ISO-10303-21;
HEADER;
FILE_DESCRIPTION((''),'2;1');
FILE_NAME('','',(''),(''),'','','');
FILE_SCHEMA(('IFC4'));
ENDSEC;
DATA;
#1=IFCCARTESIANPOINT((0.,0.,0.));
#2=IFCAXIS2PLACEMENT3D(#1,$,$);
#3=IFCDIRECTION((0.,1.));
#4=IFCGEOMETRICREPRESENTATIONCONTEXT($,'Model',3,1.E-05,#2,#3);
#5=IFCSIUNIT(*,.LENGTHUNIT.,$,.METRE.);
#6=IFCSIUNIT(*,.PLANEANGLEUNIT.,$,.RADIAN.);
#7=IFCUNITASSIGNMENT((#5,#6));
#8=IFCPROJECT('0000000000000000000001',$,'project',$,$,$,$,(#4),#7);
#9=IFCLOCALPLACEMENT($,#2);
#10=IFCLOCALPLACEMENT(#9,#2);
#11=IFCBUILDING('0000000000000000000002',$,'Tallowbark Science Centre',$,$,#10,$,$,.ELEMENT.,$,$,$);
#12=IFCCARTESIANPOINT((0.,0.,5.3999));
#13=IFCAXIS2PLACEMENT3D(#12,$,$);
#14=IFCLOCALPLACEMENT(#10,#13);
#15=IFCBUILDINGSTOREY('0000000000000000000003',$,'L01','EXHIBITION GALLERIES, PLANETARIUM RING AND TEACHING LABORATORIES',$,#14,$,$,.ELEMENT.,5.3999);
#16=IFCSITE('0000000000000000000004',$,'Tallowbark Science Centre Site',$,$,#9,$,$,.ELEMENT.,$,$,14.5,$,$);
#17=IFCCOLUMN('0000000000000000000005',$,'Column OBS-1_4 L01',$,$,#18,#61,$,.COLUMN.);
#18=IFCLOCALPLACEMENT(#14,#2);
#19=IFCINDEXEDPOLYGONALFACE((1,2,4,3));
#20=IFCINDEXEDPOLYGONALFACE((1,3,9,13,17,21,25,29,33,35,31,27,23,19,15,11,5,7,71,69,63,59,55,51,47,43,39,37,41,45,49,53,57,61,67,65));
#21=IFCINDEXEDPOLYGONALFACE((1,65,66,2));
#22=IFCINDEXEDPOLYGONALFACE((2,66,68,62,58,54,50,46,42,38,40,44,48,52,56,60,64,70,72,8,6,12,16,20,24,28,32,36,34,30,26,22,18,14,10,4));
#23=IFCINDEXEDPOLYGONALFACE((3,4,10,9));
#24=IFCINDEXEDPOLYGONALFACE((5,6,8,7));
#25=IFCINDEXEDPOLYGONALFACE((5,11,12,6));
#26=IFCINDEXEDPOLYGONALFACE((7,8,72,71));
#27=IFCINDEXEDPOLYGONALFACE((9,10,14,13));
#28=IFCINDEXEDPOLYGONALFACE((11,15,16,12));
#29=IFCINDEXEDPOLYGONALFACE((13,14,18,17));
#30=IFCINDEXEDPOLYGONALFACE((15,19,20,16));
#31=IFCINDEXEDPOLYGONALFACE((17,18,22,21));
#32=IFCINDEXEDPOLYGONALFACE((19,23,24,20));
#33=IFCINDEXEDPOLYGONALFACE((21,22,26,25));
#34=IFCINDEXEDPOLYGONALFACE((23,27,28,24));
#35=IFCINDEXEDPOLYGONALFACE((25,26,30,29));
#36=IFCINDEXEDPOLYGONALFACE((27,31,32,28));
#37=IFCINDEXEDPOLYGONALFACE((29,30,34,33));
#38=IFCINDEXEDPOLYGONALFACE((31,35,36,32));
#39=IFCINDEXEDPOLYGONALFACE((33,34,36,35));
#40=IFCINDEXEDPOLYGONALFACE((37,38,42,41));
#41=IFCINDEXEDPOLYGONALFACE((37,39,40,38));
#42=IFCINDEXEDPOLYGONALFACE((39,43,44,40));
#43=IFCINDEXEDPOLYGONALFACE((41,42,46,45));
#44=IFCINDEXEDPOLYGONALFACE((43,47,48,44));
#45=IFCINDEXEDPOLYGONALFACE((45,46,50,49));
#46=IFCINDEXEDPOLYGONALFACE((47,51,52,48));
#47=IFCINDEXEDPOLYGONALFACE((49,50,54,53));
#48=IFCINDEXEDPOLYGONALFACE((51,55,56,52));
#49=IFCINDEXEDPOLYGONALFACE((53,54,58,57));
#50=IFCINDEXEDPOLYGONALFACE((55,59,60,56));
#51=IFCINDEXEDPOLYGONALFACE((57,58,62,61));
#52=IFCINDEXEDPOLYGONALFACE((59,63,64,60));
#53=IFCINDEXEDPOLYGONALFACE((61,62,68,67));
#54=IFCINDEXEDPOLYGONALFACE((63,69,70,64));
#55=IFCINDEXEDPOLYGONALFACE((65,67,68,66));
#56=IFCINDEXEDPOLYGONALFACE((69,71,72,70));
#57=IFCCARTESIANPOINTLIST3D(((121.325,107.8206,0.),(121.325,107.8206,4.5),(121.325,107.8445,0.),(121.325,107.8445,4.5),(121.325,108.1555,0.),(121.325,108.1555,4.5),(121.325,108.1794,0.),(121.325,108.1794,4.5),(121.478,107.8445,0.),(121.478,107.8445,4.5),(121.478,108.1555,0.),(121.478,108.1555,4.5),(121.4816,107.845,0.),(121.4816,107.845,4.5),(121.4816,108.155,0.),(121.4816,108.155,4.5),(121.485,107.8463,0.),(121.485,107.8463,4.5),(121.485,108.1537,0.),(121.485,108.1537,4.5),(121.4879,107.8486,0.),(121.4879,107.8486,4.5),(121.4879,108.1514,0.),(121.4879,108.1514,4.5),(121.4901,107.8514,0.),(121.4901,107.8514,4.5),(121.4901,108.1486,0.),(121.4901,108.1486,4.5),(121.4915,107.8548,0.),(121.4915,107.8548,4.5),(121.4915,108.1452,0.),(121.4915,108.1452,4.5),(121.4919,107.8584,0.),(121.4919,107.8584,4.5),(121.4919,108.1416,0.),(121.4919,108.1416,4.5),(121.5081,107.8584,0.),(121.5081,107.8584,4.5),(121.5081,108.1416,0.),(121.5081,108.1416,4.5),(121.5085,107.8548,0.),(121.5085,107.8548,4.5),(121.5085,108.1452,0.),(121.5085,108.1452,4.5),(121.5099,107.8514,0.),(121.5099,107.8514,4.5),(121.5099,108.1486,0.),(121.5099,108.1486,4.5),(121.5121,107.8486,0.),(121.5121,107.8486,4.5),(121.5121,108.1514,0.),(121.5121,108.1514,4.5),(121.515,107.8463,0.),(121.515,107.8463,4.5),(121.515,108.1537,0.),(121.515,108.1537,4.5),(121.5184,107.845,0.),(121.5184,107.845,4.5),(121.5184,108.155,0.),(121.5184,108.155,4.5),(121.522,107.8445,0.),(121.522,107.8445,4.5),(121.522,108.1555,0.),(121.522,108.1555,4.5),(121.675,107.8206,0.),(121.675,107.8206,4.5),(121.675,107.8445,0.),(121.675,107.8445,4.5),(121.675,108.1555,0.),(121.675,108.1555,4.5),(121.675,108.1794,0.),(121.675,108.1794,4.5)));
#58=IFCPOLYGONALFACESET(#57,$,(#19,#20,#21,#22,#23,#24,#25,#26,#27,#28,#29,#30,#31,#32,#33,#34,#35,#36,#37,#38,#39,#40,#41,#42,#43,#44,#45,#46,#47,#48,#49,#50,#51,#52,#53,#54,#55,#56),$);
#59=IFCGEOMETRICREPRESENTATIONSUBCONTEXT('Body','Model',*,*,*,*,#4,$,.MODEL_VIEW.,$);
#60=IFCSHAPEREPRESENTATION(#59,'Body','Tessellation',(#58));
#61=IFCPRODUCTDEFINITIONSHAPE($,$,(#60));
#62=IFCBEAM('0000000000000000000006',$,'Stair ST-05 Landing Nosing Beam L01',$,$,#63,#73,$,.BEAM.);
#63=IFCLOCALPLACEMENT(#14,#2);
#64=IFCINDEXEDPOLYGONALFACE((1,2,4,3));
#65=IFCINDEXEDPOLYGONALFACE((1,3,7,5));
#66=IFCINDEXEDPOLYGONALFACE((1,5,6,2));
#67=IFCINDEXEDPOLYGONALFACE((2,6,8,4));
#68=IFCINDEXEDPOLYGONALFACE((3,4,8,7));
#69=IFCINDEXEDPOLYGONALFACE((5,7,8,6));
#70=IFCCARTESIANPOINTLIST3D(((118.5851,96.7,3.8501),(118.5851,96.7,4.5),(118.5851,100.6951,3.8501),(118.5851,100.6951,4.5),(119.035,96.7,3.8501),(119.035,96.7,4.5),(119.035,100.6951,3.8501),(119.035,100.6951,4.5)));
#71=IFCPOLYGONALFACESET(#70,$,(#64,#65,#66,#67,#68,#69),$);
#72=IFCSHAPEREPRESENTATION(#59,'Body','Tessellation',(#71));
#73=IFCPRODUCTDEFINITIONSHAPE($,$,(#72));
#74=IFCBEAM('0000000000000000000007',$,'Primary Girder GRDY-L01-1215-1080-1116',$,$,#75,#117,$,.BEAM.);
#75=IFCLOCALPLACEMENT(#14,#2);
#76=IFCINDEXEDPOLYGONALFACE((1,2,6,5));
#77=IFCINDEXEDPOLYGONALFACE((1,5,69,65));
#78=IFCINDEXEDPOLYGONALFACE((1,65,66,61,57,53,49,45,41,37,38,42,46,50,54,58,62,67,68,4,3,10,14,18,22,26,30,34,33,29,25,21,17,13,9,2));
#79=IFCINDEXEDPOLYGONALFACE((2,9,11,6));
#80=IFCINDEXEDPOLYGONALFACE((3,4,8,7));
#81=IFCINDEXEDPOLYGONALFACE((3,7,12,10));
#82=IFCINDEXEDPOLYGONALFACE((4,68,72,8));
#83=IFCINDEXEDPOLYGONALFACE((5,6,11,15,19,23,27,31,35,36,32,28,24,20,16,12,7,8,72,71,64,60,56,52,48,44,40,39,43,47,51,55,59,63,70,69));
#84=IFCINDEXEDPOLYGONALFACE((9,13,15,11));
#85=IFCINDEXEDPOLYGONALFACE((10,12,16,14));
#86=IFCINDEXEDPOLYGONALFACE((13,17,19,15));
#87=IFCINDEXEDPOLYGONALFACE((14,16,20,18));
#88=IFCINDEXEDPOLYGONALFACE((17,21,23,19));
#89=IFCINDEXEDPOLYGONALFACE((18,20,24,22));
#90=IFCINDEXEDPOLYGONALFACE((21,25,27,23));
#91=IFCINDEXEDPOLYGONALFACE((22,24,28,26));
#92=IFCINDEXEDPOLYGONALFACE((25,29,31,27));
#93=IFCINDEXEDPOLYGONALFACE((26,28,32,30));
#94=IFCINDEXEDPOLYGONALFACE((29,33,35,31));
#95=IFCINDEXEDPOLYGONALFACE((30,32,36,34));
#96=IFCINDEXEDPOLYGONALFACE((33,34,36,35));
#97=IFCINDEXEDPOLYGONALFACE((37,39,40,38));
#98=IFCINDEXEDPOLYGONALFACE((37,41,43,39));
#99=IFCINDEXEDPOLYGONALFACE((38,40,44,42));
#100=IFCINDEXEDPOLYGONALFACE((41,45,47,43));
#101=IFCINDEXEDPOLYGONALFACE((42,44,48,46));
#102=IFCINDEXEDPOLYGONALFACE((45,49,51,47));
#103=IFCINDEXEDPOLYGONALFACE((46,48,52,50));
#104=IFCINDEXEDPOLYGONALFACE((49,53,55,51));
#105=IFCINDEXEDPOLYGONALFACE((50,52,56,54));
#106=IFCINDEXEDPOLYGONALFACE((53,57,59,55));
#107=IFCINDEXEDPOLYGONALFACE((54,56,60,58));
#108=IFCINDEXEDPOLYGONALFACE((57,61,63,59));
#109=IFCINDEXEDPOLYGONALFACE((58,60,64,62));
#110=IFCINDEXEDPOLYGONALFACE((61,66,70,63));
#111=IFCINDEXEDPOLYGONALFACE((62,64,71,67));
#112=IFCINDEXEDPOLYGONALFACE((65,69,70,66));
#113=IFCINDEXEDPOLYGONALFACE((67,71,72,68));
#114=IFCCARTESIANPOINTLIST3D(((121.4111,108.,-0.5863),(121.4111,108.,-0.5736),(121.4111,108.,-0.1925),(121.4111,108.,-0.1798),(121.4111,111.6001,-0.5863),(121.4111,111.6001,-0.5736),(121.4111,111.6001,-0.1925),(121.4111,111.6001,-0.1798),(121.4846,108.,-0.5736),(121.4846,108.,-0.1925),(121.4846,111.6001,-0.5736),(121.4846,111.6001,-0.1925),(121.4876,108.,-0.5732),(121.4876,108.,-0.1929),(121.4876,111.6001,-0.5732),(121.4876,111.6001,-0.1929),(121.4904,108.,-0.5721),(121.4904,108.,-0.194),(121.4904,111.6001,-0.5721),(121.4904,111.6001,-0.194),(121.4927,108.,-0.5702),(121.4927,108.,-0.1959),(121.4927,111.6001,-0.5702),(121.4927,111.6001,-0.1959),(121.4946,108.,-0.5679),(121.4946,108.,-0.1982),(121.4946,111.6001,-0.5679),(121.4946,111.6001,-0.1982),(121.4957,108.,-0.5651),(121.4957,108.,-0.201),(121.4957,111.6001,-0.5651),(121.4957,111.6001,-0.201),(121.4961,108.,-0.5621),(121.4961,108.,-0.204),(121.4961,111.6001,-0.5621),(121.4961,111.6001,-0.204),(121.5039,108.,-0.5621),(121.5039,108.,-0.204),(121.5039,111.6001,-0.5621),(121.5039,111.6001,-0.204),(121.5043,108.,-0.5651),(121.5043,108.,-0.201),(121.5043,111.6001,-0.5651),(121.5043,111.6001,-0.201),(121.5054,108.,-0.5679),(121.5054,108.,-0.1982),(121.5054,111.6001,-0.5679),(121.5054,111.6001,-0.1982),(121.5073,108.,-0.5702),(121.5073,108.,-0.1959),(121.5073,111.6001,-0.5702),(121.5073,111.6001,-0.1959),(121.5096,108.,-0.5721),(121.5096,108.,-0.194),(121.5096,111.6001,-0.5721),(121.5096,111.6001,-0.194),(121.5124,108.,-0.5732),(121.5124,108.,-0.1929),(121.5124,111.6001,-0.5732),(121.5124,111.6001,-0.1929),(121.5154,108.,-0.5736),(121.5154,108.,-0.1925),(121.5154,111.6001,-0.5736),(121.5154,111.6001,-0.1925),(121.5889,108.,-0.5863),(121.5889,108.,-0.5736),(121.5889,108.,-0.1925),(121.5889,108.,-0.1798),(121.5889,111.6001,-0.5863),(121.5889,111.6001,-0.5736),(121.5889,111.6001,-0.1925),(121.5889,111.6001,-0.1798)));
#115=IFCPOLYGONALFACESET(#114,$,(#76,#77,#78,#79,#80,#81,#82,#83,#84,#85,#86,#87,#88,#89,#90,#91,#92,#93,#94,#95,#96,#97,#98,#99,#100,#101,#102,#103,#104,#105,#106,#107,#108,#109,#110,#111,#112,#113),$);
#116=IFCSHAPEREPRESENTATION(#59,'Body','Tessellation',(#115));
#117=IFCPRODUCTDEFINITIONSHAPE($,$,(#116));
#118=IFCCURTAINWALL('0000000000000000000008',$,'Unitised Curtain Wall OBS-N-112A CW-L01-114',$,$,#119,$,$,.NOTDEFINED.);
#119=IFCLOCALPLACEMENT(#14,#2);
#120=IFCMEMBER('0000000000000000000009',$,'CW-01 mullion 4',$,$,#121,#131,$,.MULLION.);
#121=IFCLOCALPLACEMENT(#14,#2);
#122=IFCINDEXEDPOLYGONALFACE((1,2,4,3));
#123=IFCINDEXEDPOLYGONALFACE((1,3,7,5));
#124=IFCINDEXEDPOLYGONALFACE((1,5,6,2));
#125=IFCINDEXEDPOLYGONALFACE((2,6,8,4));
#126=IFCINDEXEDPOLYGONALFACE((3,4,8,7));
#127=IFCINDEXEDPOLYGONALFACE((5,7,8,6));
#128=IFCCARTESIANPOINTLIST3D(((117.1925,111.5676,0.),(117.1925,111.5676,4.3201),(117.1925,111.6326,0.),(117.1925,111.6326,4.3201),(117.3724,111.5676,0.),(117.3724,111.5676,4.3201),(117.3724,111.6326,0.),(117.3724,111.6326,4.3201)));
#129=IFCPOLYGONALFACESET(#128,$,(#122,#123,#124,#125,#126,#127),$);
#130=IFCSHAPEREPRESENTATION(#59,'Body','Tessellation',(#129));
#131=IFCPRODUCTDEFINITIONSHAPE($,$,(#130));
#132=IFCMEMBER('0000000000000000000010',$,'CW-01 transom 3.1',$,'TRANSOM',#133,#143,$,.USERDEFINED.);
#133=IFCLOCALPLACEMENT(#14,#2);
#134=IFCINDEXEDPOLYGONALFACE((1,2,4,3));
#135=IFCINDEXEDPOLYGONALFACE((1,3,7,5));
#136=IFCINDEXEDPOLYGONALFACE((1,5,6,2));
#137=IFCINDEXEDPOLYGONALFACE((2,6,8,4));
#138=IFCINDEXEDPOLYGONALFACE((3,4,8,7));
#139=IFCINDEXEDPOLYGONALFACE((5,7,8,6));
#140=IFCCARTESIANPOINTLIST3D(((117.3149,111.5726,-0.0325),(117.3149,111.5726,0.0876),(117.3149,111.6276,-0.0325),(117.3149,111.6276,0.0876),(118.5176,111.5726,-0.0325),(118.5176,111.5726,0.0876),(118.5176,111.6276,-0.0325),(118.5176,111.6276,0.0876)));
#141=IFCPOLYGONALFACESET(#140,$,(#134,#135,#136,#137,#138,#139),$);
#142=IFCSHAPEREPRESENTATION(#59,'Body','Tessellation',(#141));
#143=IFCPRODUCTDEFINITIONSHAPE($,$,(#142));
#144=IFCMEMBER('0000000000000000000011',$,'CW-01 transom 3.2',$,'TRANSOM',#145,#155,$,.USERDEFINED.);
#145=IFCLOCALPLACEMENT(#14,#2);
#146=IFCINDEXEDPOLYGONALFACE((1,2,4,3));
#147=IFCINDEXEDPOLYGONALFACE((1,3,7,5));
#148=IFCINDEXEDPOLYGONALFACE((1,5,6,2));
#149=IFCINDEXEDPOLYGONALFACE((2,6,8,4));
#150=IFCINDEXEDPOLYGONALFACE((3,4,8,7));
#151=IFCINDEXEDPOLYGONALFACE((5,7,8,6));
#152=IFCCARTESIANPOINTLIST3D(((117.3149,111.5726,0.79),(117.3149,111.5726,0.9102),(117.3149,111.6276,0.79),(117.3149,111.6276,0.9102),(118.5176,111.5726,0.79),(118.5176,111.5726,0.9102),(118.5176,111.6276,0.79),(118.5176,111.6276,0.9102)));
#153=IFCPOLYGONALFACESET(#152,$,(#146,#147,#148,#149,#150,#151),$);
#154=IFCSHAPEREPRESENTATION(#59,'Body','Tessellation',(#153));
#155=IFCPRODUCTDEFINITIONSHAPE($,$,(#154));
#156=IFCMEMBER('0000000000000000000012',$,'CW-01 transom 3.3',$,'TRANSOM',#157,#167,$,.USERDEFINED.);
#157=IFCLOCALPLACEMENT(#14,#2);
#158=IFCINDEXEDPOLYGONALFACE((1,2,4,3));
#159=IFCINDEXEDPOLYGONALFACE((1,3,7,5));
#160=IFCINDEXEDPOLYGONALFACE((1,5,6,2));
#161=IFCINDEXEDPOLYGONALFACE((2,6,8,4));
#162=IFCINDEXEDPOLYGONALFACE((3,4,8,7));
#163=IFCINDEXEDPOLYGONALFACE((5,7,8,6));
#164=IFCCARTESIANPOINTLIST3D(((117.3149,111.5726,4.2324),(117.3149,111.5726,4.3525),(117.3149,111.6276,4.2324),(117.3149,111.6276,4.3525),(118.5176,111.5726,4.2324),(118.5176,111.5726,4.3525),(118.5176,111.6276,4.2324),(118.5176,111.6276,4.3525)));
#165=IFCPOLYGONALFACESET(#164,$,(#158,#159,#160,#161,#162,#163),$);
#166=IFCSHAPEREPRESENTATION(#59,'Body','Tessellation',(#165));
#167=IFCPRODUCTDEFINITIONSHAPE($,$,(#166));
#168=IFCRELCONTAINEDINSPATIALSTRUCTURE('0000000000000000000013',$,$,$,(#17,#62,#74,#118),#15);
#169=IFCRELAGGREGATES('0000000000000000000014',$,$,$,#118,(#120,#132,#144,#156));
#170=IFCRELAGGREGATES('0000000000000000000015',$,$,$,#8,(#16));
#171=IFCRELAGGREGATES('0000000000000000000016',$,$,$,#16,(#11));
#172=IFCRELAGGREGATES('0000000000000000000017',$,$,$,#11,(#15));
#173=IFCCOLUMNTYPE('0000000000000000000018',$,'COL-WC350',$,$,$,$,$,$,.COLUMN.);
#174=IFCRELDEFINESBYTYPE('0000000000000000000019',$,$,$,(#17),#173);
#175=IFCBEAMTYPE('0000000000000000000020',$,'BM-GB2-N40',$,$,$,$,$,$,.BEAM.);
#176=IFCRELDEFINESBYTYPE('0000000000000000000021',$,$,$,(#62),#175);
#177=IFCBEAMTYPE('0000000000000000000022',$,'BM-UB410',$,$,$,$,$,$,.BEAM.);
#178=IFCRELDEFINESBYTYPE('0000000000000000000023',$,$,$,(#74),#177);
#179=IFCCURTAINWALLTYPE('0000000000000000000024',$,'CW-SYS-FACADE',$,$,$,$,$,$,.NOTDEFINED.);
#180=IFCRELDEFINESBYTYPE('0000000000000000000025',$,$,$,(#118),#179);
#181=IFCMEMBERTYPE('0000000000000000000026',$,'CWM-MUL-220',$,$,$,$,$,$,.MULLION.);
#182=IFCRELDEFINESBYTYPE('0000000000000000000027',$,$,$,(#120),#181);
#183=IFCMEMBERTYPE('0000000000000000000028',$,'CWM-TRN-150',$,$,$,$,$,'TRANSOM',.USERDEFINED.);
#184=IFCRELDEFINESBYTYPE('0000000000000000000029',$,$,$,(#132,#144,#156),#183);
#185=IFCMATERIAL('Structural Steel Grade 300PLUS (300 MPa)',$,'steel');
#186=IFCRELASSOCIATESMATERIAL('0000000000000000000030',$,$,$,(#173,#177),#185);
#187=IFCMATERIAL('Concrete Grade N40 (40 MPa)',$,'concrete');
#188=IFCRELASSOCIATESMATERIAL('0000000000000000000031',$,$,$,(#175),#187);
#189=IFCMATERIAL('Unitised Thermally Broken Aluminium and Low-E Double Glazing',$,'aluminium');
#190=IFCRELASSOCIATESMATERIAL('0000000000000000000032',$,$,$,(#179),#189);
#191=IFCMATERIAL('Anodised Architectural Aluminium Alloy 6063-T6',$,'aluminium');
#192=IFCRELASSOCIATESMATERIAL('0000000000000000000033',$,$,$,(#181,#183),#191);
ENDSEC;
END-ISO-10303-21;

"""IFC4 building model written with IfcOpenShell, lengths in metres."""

from ifc_helpers import new_model, si_unit, direction, frame, origin, origin_2d, place, context, subcontext, project, spatial, rectangle, i_section, extrude, material, material_profile, profile_set, type_object, element, aggregate, save


model = new_model("IFC4")

# Units and contexts
model_context = context("Model", 3, precision=1e-05, world=origin(), true_north=direction((0.0, 1.0)))
body_context = subcontext(model_context, "Body", "Model", "MODEL_VIEW")
ifc_project = project(units=[si_unit("LENGTHUNIT", "METRE"), si_unit("PLANEANGLEUNIT", "RADIAN")], contexts=[model_context])

# Site, building, storey
site_placement = place(None, origin())
site = spatial("IfcSite", under=ifc_project, at=site_placement, Name="Tallowbark Science Centre Site", CompositionType="ELEMENT", RefElevation=14.5)
building_placement = place(site_placement, origin())
building = spatial("IfcBuilding", under=site, at=building_placement, Name="Tallowbark Science Centre", CompositionType="ELEMENT")
storey_placement = place(building_placement, frame((0.0, 0.0, 5.3999)))
storey = spatial("IfcBuildingStorey", under=building, at=storey_placement, Name="L01", Description="EXHIBITION GALLERIES, PLANETARIUM RING AND TEACHING LABORATORIES", CompositionType="ELEMENT", Elevation=5.3999)

# Column
ifc_material_1 = material(Name="Structural Steel Grade 300PLUS (300 MPa)", Category="steel")
ifc_material_profile_1 = material_profile(ifc_material_1, i_section(OverallWidth=0.3501, OverallDepth=0.3589, WebThickness=0.0161, FlangeThickness=0.0239, FilletRadius=0.0139, at=origin_2d()), Name="350WC197")
ifc_profile_set_1 = profile_set([ifc_material_profile_1], Name="Structural Steel Grade 300PLUS (300 MPa)")
column_type = type_object("IfcColumnType", Name="COL-WC350", PredefinedType="COLUMN", material=ifc_profile_set_1)
column_placement = place(storey_placement, frame((121.5, 108.0, 0.0), z_axis=(0.0, 0.0, 1.0), x_axis=(1.0, 0.0, 0.0)))
element("IfcColumn", 1, at=column_placement, inside=storey, type_object=column_type, Name="Column OBS-1_4 L01", PredefinedType="COLUMN", context=body_context, shape_type="SweptSolid", body=[
    extrude(i_section(OverallWidth=0.3501, OverallDepth=0.3589, WebThickness=0.0161, FlangeThickness=0.0239, FilletRadius=0.0139, at=origin_2d()), origin(), (0.0, 0.0, 1.0), 4.5),
])

# Beams
ifc_material_2 = material(Name="Concrete Grade N40 (40 MPa)", Category="concrete")
ifc_material_profile_2 = material_profile(ifc_material_2, rectangle(XDim=0.45, YDim=0.6499, at=origin_2d()), Name="RC450x650")
ifc_profile_set_2 = profile_set([ifc_material_profile_2], Name="Concrete Grade N40 (40 MPa)")
beam_type_1 = type_object("IfcBeamType", Name="BM-GB2-N40", PredefinedType="BEAM", material=ifc_profile_set_2)
beam_1_placement = place(storey_placement, frame((118.8101, 96.7, 4.175), z_axis=(0.0, 1.0, 0.0), x_axis=(-1.0, 0.0, 0.0)))
element("IfcBeam", 2, at=beam_1_placement, inside=storey, type_object=beam_type_1, Name="Stair ST-05 Landing Nosing Beam L01", PredefinedType="BEAM", context=body_context, shape_type="SweptSolid", body=[
    extrude(rectangle(XDim=0.45, YDim=0.6499, at=origin_2d()), origin(), (0.0, 0.0, 1.0), 3.9951),
])
ifc_material_profile_3 = material_profile(ifc_material_1, i_section(OverallWidth=0.1777, OverallDepth=0.4065, WebThickness=0.0078, FlangeThickness=0.0127, FilletRadius=0.0115, at=origin_2d()), Name="410UB59.7")
ifc_profile_set_3 = profile_set([ifc_material_profile_3], Name="Structural Steel Grade 300PLUS (300 MPa)")
beam_type_2 = type_object("IfcBeamType", Name="BM-UB410", PredefinedType="BEAM", material=ifc_profile_set_3)
beam_2_placement = place(storey_placement, frame((121.5, 108.0, -0.3831), z_axis=(0.0, 1.0, 0.0), x_axis=(-1.0, 0.0, 0.0)))
element("IfcBeam", 3, at=beam_2_placement, inside=storey, type_object=beam_type_2, Name="Primary Girder GRDY-L01-1215-1080-1116", PredefinedType="BEAM", context=body_context, shape_type="SweptSolid", body=[
    extrude(i_section(OverallWidth=0.1777, OverallDepth=0.4065, WebThickness=0.0078, FlangeThickness=0.0127, FilletRadius=0.0115, at=origin_2d()), origin(), (0.0, 0.0, 1.0), 3.6001),
])

# Curtain wall, members
ifc_material_3 = material(Name="Unitised Thermally Broken Aluminium and Low-E Double Glazing", Category="aluminium")
curtain_wall_type = type_object("IfcCurtainWallType", Name="CW-SYS-FACADE", PredefinedType="NOTDEFINED", material=ifc_material_3)
curtain_wall_placement = place(storey_placement, origin())
curtain_wall = element("IfcCurtainWall", 4, at=curtain_wall_placement, inside=storey, type_object=curtain_wall_type, Name="Unitised Curtain Wall OBS-N-112A CW-L01-114", PredefinedType="NOTDEFINED")
ifc_material_4 = material(Name="Anodised Architectural Aluminium Alloy 6063-T6", Category="aluminium")
ifc_material_profile_4 = material_profile(ifc_material_4, rectangle(XDim=0.0649, YDim=0.1799, at=origin_2d()), Name="ALU65x180")
ifc_profile_set_4 = profile_set([ifc_material_profile_4], Name="Anodised Architectural Aluminium Alloy 6063-T6")
member_type_1 = type_object("IfcMemberType", Name="CWM-MUL-220", PredefinedType="MULLION", material=ifc_profile_set_4)
member_1_placement = place(storey_placement, frame((117.2825, 111.6001, 0.0), z_axis=(0.0, 0.0, 1.0), x_axis=(0.0, -1.0, 0.0)))
member_1 = element("IfcMember", 5, at=member_1_placement, type_object=member_type_1, Name="CW-01 mullion 4", PredefinedType="MULLION", context=body_context, shape_type="SweptSolid", body=[
    extrude(rectangle(XDim=0.0649, YDim=0.1799, at=origin_2d()), origin(), (0.0, 0.0, 1.0), 4.3201),
])
ifc_material_profile_5 = material_profile(ifc_material_4, rectangle(XDim=0.0549, YDim=0.1201, at=origin_2d()), Name="ALU55x120")
ifc_profile_set_5 = profile_set([ifc_material_profile_5], Name="Anodised Architectural Aluminium Alloy 6063-T6")
member_type_2 = type_object("IfcMemberType", Name="CWM-TRN-150", ElementType="TRANSOM", PredefinedType="USERDEFINED", material=ifc_profile_set_5)
member_2_placement = place(storey_placement, frame((118.5176, 111.6001, 0.0276), z_axis=(-1.0, 0.0, 0.0), x_axis=(0.0, -1.0, 0.0)))
member_2 = element("IfcMember", 6, at=member_2_placement, type_object=member_type_2, Name="CW-01 transom 3.1", ObjectType="TRANSOM", PredefinedType="USERDEFINED", context=body_context, shape_type="SweptSolid", body=[
    extrude(rectangle(XDim=0.0549, YDim=0.1201, at=origin_2d()), origin(), (0.0, 0.0, 1.0), 1.2026),
])
member_3_placement = place(storey_placement, frame((118.5176, 111.6001, 0.8501), z_axis=(-1.0, 0.0, 0.0), x_axis=(0.0, -1.0, 0.0)))
member_3 = element("IfcMember", 7, at=member_3_placement, type_object=member_type_2, Name="CW-01 transom 3.2", ObjectType="TRANSOM", PredefinedType="USERDEFINED", context=body_context, shape_type="SweptSolid", body=[
    extrude(rectangle(XDim=0.0549, YDim=0.1201, at=origin_2d()), origin(), (0.0, 0.0, 1.0), 1.2026),
])
member_4_placement = place(storey_placement, frame((118.5176, 111.6001, 4.2925), z_axis=(-1.0, 0.0, 0.0), x_axis=(0.0, -1.0, 0.0)))
member_4 = element("IfcMember", 8, at=member_4_placement, type_object=member_type_2, Name="CW-01 transom 3.3", ObjectType="TRANSOM", PredefinedType="USERDEFINED", context=body_context, shape_type="SweptSolid", body=[
    extrude(rectangle(XDim=0.0549, YDim=0.1201, at=origin_2d()), origin(), (0.0, 0.0, 1.0), 1.2026),
])

aggregate(curtain_wall, [member_1, member_2, member_3, member_4])

save(model, "model.ifc")
